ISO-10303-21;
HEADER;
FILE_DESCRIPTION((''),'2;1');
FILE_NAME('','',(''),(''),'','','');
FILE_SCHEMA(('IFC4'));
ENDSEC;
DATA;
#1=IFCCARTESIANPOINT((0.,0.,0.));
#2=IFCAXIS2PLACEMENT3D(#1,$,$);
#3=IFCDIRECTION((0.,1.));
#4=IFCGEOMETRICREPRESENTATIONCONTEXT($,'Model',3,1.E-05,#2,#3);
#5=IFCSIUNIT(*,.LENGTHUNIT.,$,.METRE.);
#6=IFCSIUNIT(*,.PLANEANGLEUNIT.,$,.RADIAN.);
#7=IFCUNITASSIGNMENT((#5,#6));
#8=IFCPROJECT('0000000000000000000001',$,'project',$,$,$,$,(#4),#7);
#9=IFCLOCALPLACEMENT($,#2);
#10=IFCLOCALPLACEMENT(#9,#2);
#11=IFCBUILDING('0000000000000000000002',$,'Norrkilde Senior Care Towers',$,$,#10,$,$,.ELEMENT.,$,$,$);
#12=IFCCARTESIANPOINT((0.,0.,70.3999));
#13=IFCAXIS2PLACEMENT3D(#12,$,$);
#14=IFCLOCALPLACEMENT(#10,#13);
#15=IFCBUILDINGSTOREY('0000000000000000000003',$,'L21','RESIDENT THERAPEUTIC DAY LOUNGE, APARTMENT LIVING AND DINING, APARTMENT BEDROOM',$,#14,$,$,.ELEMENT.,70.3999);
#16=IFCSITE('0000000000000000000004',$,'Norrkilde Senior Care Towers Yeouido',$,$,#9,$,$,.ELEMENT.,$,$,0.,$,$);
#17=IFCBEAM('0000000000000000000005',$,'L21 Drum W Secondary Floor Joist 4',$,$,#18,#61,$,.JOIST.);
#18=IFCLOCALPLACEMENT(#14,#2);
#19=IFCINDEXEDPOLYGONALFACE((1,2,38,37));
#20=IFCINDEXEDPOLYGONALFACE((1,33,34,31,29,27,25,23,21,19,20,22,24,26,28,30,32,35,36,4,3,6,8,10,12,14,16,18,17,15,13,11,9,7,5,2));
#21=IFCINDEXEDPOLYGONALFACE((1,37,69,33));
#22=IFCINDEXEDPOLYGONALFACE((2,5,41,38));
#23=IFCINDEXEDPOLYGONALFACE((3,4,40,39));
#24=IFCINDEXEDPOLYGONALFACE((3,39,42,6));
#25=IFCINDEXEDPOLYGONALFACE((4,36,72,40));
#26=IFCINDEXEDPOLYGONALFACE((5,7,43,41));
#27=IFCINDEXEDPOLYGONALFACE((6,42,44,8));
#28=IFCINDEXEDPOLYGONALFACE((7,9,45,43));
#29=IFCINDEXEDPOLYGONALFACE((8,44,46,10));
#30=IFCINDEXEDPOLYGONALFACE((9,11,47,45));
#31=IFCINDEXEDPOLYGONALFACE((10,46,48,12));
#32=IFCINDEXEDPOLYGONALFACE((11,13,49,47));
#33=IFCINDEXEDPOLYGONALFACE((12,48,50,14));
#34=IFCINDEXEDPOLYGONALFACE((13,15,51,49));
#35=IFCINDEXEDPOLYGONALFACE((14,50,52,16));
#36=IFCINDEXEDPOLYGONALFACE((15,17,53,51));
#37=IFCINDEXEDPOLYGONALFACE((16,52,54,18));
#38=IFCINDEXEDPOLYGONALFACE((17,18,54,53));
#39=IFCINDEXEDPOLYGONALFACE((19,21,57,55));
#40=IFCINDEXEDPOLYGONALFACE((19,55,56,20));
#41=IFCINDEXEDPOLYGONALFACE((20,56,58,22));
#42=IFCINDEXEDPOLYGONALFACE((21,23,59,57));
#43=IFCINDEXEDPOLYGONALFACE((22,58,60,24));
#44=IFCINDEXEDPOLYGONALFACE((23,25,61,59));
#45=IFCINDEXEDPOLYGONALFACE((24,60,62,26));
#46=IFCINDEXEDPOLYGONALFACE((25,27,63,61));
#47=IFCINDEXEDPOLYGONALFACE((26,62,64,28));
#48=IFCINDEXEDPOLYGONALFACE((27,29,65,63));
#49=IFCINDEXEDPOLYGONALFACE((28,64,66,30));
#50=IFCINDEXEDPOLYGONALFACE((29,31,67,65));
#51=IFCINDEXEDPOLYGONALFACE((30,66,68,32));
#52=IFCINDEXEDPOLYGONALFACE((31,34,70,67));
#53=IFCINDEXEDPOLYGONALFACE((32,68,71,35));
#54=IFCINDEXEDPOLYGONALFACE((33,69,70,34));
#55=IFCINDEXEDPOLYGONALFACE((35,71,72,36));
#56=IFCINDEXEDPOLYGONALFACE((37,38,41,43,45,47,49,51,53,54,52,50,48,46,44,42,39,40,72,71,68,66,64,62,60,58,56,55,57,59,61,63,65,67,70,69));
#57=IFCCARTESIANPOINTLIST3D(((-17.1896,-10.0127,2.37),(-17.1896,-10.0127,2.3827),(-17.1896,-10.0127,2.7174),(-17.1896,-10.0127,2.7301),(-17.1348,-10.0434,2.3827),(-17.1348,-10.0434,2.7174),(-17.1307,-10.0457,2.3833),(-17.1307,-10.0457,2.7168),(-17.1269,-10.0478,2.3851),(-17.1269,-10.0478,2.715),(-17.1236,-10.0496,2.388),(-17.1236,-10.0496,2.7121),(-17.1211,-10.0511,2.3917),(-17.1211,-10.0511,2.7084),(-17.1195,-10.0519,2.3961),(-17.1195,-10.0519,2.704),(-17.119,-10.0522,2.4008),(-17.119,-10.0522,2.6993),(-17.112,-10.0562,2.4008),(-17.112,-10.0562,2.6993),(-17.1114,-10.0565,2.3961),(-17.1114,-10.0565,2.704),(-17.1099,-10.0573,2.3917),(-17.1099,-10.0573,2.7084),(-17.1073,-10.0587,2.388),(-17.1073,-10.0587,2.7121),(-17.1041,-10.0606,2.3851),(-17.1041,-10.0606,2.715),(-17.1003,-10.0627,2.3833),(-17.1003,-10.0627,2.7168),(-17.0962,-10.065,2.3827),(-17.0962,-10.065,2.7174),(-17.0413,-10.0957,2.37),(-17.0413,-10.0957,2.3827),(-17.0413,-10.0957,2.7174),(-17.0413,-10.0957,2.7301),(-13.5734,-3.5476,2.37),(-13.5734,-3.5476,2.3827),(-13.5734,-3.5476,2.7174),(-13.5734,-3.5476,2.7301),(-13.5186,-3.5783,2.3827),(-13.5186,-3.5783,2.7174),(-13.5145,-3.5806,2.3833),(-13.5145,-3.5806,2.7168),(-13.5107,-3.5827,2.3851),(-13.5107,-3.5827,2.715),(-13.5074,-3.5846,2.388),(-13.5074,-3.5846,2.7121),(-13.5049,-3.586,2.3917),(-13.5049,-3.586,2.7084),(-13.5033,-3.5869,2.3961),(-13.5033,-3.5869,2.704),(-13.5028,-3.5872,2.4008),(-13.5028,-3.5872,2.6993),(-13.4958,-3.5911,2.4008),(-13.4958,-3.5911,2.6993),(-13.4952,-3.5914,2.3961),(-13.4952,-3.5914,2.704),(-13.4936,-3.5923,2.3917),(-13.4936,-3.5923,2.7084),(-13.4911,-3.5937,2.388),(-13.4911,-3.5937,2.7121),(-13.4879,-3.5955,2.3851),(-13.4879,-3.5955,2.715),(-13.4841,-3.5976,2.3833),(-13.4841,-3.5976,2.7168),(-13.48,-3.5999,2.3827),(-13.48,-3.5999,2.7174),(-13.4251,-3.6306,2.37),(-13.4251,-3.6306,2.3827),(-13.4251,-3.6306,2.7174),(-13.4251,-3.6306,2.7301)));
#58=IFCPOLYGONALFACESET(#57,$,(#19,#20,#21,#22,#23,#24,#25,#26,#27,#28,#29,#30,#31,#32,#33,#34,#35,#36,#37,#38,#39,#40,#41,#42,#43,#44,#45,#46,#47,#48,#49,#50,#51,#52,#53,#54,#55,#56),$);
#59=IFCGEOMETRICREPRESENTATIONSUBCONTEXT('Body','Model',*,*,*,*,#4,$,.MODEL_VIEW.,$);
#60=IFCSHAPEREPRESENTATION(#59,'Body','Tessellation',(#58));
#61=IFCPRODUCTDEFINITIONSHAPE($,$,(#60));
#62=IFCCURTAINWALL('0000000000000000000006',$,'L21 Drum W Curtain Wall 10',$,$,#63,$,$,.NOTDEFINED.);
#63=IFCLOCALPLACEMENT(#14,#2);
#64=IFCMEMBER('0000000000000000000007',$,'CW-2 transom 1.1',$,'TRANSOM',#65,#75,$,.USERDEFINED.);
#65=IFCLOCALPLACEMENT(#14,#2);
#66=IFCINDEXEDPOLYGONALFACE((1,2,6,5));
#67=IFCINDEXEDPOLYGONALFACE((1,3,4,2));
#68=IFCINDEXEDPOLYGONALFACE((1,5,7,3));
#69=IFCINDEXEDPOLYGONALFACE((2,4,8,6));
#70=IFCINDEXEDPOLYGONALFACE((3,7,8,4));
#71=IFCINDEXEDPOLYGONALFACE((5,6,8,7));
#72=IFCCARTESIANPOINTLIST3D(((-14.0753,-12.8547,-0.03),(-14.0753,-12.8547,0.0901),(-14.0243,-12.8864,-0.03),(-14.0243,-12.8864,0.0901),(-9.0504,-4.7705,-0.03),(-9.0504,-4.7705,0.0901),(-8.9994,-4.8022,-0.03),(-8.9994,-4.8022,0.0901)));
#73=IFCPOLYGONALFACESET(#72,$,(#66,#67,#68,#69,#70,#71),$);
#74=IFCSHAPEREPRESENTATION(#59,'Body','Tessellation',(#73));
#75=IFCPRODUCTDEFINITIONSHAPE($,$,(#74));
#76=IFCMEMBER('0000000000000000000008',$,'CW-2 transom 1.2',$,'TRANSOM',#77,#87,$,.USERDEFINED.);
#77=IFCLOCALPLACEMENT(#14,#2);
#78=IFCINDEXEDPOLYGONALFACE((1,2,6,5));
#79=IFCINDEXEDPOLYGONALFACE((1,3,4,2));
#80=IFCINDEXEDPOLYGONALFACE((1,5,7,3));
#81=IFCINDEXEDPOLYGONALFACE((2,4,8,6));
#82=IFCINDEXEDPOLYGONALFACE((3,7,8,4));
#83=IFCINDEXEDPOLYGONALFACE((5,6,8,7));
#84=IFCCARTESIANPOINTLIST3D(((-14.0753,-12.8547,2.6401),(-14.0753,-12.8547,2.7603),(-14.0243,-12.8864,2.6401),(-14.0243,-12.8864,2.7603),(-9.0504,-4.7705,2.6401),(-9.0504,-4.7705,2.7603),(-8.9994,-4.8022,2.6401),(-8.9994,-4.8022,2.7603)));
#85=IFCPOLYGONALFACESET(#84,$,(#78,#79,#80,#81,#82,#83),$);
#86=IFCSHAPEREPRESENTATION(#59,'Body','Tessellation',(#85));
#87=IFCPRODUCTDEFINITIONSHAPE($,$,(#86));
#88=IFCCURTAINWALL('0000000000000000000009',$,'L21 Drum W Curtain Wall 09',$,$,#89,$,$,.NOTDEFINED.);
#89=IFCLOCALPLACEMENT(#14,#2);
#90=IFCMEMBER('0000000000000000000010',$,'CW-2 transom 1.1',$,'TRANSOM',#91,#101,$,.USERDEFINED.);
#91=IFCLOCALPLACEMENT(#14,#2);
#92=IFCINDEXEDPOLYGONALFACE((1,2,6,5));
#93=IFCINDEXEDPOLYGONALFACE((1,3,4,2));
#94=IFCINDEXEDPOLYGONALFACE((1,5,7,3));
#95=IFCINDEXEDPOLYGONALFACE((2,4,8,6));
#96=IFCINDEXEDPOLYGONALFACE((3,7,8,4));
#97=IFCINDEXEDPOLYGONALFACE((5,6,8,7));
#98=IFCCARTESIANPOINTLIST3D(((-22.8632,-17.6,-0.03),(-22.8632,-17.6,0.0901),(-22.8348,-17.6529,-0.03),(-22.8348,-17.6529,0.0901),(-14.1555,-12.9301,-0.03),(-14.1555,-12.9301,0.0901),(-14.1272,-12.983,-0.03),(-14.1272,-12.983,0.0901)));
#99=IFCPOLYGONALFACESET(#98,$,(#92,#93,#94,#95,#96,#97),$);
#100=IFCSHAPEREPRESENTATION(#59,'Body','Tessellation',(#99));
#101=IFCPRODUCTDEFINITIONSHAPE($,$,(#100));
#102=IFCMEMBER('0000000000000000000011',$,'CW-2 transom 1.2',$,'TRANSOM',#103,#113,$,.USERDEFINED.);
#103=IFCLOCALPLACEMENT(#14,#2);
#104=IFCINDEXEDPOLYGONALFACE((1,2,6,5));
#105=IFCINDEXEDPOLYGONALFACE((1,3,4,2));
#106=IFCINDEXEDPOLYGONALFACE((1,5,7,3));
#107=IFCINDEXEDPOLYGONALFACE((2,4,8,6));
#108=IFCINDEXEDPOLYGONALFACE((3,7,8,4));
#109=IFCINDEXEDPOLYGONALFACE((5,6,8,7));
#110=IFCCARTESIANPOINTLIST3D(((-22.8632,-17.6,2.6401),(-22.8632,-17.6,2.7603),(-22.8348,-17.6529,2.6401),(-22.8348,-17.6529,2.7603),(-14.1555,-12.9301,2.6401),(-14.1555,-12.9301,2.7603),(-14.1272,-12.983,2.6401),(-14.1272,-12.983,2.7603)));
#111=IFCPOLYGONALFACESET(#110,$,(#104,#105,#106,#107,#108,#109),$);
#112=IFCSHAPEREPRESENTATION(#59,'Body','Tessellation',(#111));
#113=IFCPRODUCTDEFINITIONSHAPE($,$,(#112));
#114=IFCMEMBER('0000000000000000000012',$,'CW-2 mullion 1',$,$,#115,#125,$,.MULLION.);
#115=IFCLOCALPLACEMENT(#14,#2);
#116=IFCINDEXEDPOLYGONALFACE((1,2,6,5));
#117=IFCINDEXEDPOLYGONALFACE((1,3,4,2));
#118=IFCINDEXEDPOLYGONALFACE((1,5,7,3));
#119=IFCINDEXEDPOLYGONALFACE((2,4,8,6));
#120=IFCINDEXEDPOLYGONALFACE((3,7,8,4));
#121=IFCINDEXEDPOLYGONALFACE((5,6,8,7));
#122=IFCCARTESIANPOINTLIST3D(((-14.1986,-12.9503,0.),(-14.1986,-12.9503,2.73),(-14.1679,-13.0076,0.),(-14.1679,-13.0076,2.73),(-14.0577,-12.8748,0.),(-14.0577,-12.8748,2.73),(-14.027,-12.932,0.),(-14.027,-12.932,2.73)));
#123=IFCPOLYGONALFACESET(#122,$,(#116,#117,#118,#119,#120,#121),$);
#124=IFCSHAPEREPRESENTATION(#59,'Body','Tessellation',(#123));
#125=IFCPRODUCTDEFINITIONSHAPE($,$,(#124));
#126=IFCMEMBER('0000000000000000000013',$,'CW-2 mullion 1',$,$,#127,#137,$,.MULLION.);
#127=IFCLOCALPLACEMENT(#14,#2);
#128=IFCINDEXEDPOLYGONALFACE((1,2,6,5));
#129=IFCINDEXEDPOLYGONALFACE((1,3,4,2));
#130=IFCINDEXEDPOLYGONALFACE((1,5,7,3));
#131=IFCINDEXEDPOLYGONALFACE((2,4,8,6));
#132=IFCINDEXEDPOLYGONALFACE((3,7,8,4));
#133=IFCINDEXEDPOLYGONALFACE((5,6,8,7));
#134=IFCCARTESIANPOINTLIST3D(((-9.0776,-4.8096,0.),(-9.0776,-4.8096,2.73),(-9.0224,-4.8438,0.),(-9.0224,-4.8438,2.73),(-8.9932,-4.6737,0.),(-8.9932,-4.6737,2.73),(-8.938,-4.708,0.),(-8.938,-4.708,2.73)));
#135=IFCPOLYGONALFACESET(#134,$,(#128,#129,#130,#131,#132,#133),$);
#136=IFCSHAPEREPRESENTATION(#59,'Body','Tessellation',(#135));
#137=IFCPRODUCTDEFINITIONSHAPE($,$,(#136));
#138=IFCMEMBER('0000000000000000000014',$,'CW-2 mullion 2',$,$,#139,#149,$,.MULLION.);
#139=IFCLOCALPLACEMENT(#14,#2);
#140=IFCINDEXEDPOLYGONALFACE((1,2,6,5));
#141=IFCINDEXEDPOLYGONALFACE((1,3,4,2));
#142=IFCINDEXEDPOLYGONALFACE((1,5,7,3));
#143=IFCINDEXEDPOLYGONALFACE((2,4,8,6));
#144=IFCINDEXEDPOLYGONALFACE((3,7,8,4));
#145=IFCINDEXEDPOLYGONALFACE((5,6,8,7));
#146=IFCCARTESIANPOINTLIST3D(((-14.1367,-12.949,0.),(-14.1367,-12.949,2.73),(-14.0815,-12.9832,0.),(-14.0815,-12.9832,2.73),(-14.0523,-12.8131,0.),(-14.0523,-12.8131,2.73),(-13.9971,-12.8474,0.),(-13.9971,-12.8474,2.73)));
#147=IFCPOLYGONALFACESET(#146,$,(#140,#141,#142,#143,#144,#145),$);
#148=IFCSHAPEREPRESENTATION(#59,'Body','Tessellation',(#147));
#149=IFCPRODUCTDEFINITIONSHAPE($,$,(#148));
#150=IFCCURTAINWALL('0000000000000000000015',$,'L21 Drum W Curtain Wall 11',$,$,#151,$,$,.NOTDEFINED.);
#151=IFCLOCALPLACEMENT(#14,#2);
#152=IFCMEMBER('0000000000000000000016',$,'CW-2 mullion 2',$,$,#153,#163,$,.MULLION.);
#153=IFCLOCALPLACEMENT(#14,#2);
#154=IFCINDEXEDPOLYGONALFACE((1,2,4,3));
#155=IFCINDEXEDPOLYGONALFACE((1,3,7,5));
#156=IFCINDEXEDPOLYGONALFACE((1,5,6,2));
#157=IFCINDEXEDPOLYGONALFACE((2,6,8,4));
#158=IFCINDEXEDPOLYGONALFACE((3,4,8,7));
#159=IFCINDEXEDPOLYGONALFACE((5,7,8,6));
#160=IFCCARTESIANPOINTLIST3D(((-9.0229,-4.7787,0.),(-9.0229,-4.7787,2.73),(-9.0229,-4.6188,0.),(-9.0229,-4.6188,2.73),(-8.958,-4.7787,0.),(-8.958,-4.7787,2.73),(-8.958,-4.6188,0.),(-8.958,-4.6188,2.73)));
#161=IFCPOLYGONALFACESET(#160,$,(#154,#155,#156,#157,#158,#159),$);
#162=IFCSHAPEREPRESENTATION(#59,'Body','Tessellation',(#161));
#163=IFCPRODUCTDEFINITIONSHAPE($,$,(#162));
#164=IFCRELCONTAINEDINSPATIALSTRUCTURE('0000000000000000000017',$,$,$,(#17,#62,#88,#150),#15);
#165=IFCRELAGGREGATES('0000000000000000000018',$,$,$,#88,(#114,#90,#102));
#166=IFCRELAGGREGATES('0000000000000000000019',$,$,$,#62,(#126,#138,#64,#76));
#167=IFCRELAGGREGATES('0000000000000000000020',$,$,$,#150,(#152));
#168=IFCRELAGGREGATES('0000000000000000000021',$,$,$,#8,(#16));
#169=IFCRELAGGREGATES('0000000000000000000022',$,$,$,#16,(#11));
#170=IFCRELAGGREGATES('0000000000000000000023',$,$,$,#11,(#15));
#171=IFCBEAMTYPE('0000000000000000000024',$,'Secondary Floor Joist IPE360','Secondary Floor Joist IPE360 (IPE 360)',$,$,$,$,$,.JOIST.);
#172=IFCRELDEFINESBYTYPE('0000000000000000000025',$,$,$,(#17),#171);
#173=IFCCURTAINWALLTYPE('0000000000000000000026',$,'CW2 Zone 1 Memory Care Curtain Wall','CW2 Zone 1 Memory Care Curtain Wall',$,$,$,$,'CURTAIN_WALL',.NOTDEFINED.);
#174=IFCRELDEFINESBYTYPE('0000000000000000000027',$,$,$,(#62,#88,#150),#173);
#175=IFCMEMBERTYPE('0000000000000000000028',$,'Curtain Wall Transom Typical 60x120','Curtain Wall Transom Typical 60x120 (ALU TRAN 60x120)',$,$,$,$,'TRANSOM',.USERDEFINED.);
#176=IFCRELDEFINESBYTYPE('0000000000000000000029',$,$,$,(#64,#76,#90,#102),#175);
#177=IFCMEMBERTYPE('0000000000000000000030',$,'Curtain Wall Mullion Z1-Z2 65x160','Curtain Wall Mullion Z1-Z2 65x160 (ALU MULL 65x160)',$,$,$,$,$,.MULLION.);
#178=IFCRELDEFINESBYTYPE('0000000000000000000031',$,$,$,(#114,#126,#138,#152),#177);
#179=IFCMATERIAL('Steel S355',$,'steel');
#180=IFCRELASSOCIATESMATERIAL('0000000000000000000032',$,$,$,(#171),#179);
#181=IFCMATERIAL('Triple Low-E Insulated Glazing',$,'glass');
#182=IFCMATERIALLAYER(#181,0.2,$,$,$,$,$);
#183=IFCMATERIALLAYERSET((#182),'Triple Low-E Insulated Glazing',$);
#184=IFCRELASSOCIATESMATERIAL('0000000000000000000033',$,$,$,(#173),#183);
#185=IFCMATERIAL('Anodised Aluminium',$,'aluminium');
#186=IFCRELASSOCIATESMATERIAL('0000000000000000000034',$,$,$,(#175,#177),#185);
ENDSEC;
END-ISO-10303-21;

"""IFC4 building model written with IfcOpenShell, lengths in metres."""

from ifc_helpers import new_model, si_unit, direction, frame, origin, origin_2d, place, context, subcontext, project, spatial, rectangle, i_section, extrude, source, transform, mapped, material, layer, layer_set, material_profile, profile_set, type_object, type_shapes, element, aggregate, save


model = new_model("IFC4")

# Units and contexts
model_context = context("Model", 3, precision=1e-05, world=origin(), true_north=direction((0.0, 1.0)))
body_context = subcontext(model_context, "Body", "Model", "MODEL_VIEW")
ifc_project = project(units=[si_unit("LENGTHUNIT", "METRE"), si_unit("PLANEANGLEUNIT", "RADIAN")], contexts=[model_context])

# Site, building, storey
site_placement = place(None, origin())
site = spatial("IfcSite", under=ifc_project, at=site_placement, Name="Norrkilde Senior Care Towers Yeouido", CompositionType="ELEMENT", RefElevation=0.0)
building_placement = place(site_placement, origin())
building = spatial("IfcBuilding", under=site, at=building_placement, Name="Norrkilde Senior Care Towers", CompositionType="ELEMENT")
storey_placement = place(building_placement, frame((0.0, 0.0, 70.3999)))
storey = spatial("IfcBuildingStorey", under=building, at=storey_placement, Name="L21", Description="RESIDENT THERAPEUTIC DAY LOUNGE, APARTMENT LIVING AND DINING, APARTMENT BEDROOM", CompositionType="ELEMENT", Elevation=70.3999)

# Beam
ifc_material_1 = material(Name="Steel S355", Category="steel")
ifc_material_profile_1 = material_profile(ifc_material_1, i_section(OverallWidth=0.1699, OverallDepth=0.3601, WebThickness=0.0081, FlangeThickness=0.0127, FilletRadius=0.0181, at=origin_2d()), Name="IPE 360")
ifc_profile_set_1 = profile_set([ifc_material_profile_1], Name="Steel S355")
beam_type_1 = type_object("IfcBeamType", Name="Secondary Floor Joist IPE360", Description="Secondary Floor Joist IPE360 (IPE 360)", PredefinedType="JOIST", material=ifc_profile_set_1)
shared_shape_1 = source(origin(), body_context, "Body", "SweptSolid", [
    extrude(i_section(OverallWidth=0.1699, OverallDepth=0.3601, WebThickness=0.0081, FlangeThickness=0.0127, FilletRadius=0.0181, at=origin_2d()), origin(), (0.0, 0.0, 1.0), 7.4077),
])
type_shapes(beam_type_1, [shared_shape_1])
beam_1_placement = place(storey_placement, frame((-17.1155, -10.0542, 2.55), z_axis=(0.488168, 0.87275, 0.0), x_axis=(-0.87275, 0.488168, 0.0)))
element("IfcBeam", 1, at=beam_1_placement, inside=storey, type_object=beam_type_1, Name="L21 Drum W Secondary Floor Joist 4", PredefinedType="JOIST", context=body_context, shape_type="MappedRepresentation", body=[
    mapped(shared_shape_1, transform((0.0, 0.0, 0.0), x_axis=(1.0, 0.0, 0.0), y_axis=(0.0, 1.0, 0.0), z_axis=(0.0, 0.0, 1.0), scale=1.0)),
])

# Curtain walls, members
ifc_material_2 = material(Name="Triple Low-E Insulated Glazing", Category="glass")
ifc_layer_1 = layer(ifc_material_2, 0.2)
ifc_layer_set_1 = layer_set([ifc_layer_1], Name="Triple Low-E Insulated Glazing")
curtain_wall_type = type_object("IfcCurtainWallType", Name="CW2 Zone 1 Memory Care Curtain Wall", Description="CW2 Zone 1 Memory Care Curtain Wall", ElementType="CURTAIN_WALL", PredefinedType="NOTDEFINED", material=ifc_layer_set_1)
curtain_wall_1_placement = place(storey_placement, origin())
curtain_wall_1 = element("IfcCurtainWall", 2, at=curtain_wall_1_placement, inside=storey, type_object=curtain_wall_type, Name="L21 Drum W Curtain Wall 10", PredefinedType="NOTDEFINED")
ifc_material_3 = material(Name="Anodised Aluminium", Category="aluminium")
ifc_material_profile_2 = material_profile(ifc_material_3, rectangle(XDim=0.0601, YDim=0.1201, at=origin_2d()), Name="ALU TRAN 60x120")
ifc_profile_set_2 = profile_set([ifc_material_profile_2], Name="Anodised Aluminium")
member_type_1 = type_object("IfcMemberType", Name="Curtain Wall Transom Typical 60x120", Description="Curtain Wall Transom Typical 60x120 (ALU TRAN 60x120)", ElementType="TRANSOM", PredefinedType="USERDEFINED", material=ifc_profile_set_2)
shared_shape_2 = source(origin(), body_context, "Body", "SweptSolid", [
    extrude(rectangle(XDim=0.0601, YDim=0.1201, at=origin_2d()), origin(), (0.0, 0.0, 1.0), 9.5186),
])
member_1_placement = place(storey_placement, frame((-9.0249, -4.7864, 0.03), z_axis=(-0.527902, -0.849306, 0.0), x_axis=(0.849306, -0.527902, 0.0)))
member_1 = element("IfcMember", 3, at=member_1_placement, type_object=member_type_1, Name="CW-2 transom 1.1", ObjectType="TRANSOM", PredefinedType="USERDEFINED", context=body_context, shape_type="MappedRepresentation", body=[
    mapped(shared_shape_2, transform((0.0, 0.0, 0.0), x_axis=(1.0, 0.0, 0.0), y_axis=(0.0, 1.0, 0.0), z_axis=(0.0, 0.0, 1.0), scale=1.0)),
])
member_2_placement = place(storey_placement, frame((-9.0249, -4.7864, 2.7002), z_axis=(-0.527902, -0.849306, 0.0), x_axis=(0.849306, -0.527902, 0.0)))
member_2 = element("IfcMember", 4, at=member_2_placement, type_object=member_type_1, Name="CW-2 transom 1.2", ObjectType="TRANSOM", PredefinedType="USERDEFINED", context=body_context, shape_type="MappedRepresentation", body=[
    mapped(shared_shape_2, transform((0.0, 0.0, 0.0), x_axis=(1.0, 0.0, 0.0), y_axis=(0.0, 1.0, 0.0), z_axis=(0.0, 0.0, 1.0), scale=1.0)),
])
curtain_wall_2_placement = place(storey_placement, origin())
curtain_wall_2 = element("IfcCurtainWall", 5, at=curtain_wall_2_placement, inside=storey, type_object=curtain_wall_type, Name="L21 Drum W Curtain Wall 09", PredefinedType="NOTDEFINED")
shared_shape_3 = source(origin(), body_context, "Body", "SweptSolid", [
    extrude(rectangle(XDim=0.0601, YDim=0.1201, at=origin_2d()), origin(), (0.0, 0.0, 1.0), 9.8809),
])
type_shapes(member_type_1, [shared_shape_2, shared_shape_3])
member_3_placement = place(storey_placement, frame((-14.1414, -12.9565, 0.03), z_axis=(-0.881267, -0.472618, 0.0), x_axis=(0.472618, -0.881267, 0.0)))
member_3 = element("IfcMember", 6, at=member_3_placement, type_object=member_type_1, Name="CW-2 transom 1.1", ObjectType="TRANSOM", PredefinedType="USERDEFINED", context=body_context, shape_type="MappedRepresentation", body=[
    mapped(shared_shape_3, transform((0.0, 0.0, 0.0), x_axis=(1.0, 0.0, 0.0), y_axis=(0.0, 1.0, 0.0), z_axis=(0.0, 0.0, 1.0), scale=1.0)),
])
member_4_placement = place(storey_placement, frame((-14.1414, -12.9565, 2.7002), z_axis=(-0.881267, -0.472618, 0.0), x_axis=(0.472618, -0.881267, 0.0)))
member_4 = element("IfcMember", 7, at=member_4_placement, type_object=member_type_1, Name="CW-2 transom 1.2", ObjectType="TRANSOM", PredefinedType="USERDEFINED", context=body_context, shape_type="MappedRepresentation", body=[
    mapped(shared_shape_3, transform((0.0, 0.0, 0.0), x_axis=(1.0, 0.0, 0.0), y_axis=(0.0, 1.0, 0.0), z_axis=(0.0, 0.0, 1.0), scale=1.0)),
])
ifc_material_profile_3 = material_profile(ifc_material_3, rectangle(XDim=0.0649, YDim=0.1599, at=origin_2d()), Name="ALU MULL 65x160")
ifc_profile_set_3 = profile_set([ifc_material_profile_3], Name="Anodised Aluminium")
member_type_2 = type_object("IfcMemberType", Name="Curtain Wall Mullion Z1-Z2 65x160", Description="Curtain Wall Mullion Z1-Z2 65x160 (ALU MULL 65x160)", PredefinedType="MULLION", material=ifc_profile_set_3)
shared_shape_4 = source(origin(), body_context, "Body", "SweptSolid", [
    extrude(rectangle(XDim=0.0649, YDim=0.1599, at=origin_2d()), origin(), (0.0, 0.0, 1.0), 2.73),
])
type_shapes(member_type_2, [shared_shape_4])
member_5_placement = place(storey_placement, frame((-14.1128, -12.9412, 0.0), z_axis=(0.0, 0.0, 1.0), x_axis=(0.472608, -0.881273, 0.0)))
member_5 = element("IfcMember", 8, at=member_5_placement, type_object=member_type_2, Name="CW-2 mullion 1", PredefinedType="MULLION", context=body_context, shape_type="MappedRepresentation", body=[
    mapped(shared_shape_4, transform((0.0, 0.0, 0.0), x_axis=(1.0, 0.0, 0.0), y_axis=(0.0, 1.0, 0.0), z_axis=(0.0, 0.0, 1.0), scale=1.0)),
])

# Members
member_6_placement = place(storey_placement, frame((-9.0078, -4.7588, 0.0), z_axis=(0.0, 0.0, 1.0), x_axis=(0.849306, -0.527901, 0.0)))
member_6 = element("IfcMember", 9, at=member_6_placement, type_object=member_type_2, Name="CW-2 mullion 1", PredefinedType="MULLION", context=body_context, shape_type="MappedRepresentation", body=[
    mapped(shared_shape_4, transform((0.0, 0.0, 0.0), x_axis=(1.0, 0.0, 0.0), y_axis=(0.0, 1.0, 0.0), z_axis=(0.0, 0.0, 1.0), scale=1.0)),
])
member_7_placement = place(storey_placement, frame((-14.0669, -12.8982, 0.0), z_axis=(0.0, 0.0, 1.0), x_axis=(0.849306, -0.527901, 0.0)))
member_7 = element("IfcMember", 10, at=member_7_placement, type_object=member_type_2, Name="CW-2 mullion 2", PredefinedType="MULLION", context=body_context, shape_type="MappedRepresentation", body=[
    mapped(shared_shape_4, transform((0.0, 0.0, 0.0), x_axis=(1.0, 0.0, 0.0), y_axis=(0.0, 1.0, 0.0), z_axis=(0.0, 0.0, 1.0), scale=1.0)),
])

# Curtain wall, member
curtain_wall_3_placement = place(storey_placement, origin())
curtain_wall_3 = element("IfcCurtainWall", 11, at=curtain_wall_3_placement, inside=storey, type_object=curtain_wall_type, Name="L21 Drum W Curtain Wall 11", PredefinedType="NOTDEFINED")
member_8_placement = place(storey_placement, frame((-8.9905, -4.6987, 0.0), z_axis=(0.0, 0.0, 1.0), x_axis=(1.0, 0.0, 0.0)))
member_8 = element("IfcMember", 12, at=member_8_placement, type_object=member_type_2, Name="CW-2 mullion 2", PredefinedType="MULLION", context=body_context, shape_type="MappedRepresentation", body=[
    mapped(shared_shape_4, transform((0.0, 0.0, 0.0), x_axis=(1.0, 0.0, 0.0), y_axis=(0.0, 1.0, 0.0), z_axis=(0.0, 0.0, 1.0), scale=1.0)),
])

aggregate(curtain_wall_2, [member_5, member_3, member_4])
aggregate(curtain_wall_1, [member_6, member_7, member_1, member_2])
aggregate(curtain_wall_3, [member_8])

save(model, "model.ifc")
